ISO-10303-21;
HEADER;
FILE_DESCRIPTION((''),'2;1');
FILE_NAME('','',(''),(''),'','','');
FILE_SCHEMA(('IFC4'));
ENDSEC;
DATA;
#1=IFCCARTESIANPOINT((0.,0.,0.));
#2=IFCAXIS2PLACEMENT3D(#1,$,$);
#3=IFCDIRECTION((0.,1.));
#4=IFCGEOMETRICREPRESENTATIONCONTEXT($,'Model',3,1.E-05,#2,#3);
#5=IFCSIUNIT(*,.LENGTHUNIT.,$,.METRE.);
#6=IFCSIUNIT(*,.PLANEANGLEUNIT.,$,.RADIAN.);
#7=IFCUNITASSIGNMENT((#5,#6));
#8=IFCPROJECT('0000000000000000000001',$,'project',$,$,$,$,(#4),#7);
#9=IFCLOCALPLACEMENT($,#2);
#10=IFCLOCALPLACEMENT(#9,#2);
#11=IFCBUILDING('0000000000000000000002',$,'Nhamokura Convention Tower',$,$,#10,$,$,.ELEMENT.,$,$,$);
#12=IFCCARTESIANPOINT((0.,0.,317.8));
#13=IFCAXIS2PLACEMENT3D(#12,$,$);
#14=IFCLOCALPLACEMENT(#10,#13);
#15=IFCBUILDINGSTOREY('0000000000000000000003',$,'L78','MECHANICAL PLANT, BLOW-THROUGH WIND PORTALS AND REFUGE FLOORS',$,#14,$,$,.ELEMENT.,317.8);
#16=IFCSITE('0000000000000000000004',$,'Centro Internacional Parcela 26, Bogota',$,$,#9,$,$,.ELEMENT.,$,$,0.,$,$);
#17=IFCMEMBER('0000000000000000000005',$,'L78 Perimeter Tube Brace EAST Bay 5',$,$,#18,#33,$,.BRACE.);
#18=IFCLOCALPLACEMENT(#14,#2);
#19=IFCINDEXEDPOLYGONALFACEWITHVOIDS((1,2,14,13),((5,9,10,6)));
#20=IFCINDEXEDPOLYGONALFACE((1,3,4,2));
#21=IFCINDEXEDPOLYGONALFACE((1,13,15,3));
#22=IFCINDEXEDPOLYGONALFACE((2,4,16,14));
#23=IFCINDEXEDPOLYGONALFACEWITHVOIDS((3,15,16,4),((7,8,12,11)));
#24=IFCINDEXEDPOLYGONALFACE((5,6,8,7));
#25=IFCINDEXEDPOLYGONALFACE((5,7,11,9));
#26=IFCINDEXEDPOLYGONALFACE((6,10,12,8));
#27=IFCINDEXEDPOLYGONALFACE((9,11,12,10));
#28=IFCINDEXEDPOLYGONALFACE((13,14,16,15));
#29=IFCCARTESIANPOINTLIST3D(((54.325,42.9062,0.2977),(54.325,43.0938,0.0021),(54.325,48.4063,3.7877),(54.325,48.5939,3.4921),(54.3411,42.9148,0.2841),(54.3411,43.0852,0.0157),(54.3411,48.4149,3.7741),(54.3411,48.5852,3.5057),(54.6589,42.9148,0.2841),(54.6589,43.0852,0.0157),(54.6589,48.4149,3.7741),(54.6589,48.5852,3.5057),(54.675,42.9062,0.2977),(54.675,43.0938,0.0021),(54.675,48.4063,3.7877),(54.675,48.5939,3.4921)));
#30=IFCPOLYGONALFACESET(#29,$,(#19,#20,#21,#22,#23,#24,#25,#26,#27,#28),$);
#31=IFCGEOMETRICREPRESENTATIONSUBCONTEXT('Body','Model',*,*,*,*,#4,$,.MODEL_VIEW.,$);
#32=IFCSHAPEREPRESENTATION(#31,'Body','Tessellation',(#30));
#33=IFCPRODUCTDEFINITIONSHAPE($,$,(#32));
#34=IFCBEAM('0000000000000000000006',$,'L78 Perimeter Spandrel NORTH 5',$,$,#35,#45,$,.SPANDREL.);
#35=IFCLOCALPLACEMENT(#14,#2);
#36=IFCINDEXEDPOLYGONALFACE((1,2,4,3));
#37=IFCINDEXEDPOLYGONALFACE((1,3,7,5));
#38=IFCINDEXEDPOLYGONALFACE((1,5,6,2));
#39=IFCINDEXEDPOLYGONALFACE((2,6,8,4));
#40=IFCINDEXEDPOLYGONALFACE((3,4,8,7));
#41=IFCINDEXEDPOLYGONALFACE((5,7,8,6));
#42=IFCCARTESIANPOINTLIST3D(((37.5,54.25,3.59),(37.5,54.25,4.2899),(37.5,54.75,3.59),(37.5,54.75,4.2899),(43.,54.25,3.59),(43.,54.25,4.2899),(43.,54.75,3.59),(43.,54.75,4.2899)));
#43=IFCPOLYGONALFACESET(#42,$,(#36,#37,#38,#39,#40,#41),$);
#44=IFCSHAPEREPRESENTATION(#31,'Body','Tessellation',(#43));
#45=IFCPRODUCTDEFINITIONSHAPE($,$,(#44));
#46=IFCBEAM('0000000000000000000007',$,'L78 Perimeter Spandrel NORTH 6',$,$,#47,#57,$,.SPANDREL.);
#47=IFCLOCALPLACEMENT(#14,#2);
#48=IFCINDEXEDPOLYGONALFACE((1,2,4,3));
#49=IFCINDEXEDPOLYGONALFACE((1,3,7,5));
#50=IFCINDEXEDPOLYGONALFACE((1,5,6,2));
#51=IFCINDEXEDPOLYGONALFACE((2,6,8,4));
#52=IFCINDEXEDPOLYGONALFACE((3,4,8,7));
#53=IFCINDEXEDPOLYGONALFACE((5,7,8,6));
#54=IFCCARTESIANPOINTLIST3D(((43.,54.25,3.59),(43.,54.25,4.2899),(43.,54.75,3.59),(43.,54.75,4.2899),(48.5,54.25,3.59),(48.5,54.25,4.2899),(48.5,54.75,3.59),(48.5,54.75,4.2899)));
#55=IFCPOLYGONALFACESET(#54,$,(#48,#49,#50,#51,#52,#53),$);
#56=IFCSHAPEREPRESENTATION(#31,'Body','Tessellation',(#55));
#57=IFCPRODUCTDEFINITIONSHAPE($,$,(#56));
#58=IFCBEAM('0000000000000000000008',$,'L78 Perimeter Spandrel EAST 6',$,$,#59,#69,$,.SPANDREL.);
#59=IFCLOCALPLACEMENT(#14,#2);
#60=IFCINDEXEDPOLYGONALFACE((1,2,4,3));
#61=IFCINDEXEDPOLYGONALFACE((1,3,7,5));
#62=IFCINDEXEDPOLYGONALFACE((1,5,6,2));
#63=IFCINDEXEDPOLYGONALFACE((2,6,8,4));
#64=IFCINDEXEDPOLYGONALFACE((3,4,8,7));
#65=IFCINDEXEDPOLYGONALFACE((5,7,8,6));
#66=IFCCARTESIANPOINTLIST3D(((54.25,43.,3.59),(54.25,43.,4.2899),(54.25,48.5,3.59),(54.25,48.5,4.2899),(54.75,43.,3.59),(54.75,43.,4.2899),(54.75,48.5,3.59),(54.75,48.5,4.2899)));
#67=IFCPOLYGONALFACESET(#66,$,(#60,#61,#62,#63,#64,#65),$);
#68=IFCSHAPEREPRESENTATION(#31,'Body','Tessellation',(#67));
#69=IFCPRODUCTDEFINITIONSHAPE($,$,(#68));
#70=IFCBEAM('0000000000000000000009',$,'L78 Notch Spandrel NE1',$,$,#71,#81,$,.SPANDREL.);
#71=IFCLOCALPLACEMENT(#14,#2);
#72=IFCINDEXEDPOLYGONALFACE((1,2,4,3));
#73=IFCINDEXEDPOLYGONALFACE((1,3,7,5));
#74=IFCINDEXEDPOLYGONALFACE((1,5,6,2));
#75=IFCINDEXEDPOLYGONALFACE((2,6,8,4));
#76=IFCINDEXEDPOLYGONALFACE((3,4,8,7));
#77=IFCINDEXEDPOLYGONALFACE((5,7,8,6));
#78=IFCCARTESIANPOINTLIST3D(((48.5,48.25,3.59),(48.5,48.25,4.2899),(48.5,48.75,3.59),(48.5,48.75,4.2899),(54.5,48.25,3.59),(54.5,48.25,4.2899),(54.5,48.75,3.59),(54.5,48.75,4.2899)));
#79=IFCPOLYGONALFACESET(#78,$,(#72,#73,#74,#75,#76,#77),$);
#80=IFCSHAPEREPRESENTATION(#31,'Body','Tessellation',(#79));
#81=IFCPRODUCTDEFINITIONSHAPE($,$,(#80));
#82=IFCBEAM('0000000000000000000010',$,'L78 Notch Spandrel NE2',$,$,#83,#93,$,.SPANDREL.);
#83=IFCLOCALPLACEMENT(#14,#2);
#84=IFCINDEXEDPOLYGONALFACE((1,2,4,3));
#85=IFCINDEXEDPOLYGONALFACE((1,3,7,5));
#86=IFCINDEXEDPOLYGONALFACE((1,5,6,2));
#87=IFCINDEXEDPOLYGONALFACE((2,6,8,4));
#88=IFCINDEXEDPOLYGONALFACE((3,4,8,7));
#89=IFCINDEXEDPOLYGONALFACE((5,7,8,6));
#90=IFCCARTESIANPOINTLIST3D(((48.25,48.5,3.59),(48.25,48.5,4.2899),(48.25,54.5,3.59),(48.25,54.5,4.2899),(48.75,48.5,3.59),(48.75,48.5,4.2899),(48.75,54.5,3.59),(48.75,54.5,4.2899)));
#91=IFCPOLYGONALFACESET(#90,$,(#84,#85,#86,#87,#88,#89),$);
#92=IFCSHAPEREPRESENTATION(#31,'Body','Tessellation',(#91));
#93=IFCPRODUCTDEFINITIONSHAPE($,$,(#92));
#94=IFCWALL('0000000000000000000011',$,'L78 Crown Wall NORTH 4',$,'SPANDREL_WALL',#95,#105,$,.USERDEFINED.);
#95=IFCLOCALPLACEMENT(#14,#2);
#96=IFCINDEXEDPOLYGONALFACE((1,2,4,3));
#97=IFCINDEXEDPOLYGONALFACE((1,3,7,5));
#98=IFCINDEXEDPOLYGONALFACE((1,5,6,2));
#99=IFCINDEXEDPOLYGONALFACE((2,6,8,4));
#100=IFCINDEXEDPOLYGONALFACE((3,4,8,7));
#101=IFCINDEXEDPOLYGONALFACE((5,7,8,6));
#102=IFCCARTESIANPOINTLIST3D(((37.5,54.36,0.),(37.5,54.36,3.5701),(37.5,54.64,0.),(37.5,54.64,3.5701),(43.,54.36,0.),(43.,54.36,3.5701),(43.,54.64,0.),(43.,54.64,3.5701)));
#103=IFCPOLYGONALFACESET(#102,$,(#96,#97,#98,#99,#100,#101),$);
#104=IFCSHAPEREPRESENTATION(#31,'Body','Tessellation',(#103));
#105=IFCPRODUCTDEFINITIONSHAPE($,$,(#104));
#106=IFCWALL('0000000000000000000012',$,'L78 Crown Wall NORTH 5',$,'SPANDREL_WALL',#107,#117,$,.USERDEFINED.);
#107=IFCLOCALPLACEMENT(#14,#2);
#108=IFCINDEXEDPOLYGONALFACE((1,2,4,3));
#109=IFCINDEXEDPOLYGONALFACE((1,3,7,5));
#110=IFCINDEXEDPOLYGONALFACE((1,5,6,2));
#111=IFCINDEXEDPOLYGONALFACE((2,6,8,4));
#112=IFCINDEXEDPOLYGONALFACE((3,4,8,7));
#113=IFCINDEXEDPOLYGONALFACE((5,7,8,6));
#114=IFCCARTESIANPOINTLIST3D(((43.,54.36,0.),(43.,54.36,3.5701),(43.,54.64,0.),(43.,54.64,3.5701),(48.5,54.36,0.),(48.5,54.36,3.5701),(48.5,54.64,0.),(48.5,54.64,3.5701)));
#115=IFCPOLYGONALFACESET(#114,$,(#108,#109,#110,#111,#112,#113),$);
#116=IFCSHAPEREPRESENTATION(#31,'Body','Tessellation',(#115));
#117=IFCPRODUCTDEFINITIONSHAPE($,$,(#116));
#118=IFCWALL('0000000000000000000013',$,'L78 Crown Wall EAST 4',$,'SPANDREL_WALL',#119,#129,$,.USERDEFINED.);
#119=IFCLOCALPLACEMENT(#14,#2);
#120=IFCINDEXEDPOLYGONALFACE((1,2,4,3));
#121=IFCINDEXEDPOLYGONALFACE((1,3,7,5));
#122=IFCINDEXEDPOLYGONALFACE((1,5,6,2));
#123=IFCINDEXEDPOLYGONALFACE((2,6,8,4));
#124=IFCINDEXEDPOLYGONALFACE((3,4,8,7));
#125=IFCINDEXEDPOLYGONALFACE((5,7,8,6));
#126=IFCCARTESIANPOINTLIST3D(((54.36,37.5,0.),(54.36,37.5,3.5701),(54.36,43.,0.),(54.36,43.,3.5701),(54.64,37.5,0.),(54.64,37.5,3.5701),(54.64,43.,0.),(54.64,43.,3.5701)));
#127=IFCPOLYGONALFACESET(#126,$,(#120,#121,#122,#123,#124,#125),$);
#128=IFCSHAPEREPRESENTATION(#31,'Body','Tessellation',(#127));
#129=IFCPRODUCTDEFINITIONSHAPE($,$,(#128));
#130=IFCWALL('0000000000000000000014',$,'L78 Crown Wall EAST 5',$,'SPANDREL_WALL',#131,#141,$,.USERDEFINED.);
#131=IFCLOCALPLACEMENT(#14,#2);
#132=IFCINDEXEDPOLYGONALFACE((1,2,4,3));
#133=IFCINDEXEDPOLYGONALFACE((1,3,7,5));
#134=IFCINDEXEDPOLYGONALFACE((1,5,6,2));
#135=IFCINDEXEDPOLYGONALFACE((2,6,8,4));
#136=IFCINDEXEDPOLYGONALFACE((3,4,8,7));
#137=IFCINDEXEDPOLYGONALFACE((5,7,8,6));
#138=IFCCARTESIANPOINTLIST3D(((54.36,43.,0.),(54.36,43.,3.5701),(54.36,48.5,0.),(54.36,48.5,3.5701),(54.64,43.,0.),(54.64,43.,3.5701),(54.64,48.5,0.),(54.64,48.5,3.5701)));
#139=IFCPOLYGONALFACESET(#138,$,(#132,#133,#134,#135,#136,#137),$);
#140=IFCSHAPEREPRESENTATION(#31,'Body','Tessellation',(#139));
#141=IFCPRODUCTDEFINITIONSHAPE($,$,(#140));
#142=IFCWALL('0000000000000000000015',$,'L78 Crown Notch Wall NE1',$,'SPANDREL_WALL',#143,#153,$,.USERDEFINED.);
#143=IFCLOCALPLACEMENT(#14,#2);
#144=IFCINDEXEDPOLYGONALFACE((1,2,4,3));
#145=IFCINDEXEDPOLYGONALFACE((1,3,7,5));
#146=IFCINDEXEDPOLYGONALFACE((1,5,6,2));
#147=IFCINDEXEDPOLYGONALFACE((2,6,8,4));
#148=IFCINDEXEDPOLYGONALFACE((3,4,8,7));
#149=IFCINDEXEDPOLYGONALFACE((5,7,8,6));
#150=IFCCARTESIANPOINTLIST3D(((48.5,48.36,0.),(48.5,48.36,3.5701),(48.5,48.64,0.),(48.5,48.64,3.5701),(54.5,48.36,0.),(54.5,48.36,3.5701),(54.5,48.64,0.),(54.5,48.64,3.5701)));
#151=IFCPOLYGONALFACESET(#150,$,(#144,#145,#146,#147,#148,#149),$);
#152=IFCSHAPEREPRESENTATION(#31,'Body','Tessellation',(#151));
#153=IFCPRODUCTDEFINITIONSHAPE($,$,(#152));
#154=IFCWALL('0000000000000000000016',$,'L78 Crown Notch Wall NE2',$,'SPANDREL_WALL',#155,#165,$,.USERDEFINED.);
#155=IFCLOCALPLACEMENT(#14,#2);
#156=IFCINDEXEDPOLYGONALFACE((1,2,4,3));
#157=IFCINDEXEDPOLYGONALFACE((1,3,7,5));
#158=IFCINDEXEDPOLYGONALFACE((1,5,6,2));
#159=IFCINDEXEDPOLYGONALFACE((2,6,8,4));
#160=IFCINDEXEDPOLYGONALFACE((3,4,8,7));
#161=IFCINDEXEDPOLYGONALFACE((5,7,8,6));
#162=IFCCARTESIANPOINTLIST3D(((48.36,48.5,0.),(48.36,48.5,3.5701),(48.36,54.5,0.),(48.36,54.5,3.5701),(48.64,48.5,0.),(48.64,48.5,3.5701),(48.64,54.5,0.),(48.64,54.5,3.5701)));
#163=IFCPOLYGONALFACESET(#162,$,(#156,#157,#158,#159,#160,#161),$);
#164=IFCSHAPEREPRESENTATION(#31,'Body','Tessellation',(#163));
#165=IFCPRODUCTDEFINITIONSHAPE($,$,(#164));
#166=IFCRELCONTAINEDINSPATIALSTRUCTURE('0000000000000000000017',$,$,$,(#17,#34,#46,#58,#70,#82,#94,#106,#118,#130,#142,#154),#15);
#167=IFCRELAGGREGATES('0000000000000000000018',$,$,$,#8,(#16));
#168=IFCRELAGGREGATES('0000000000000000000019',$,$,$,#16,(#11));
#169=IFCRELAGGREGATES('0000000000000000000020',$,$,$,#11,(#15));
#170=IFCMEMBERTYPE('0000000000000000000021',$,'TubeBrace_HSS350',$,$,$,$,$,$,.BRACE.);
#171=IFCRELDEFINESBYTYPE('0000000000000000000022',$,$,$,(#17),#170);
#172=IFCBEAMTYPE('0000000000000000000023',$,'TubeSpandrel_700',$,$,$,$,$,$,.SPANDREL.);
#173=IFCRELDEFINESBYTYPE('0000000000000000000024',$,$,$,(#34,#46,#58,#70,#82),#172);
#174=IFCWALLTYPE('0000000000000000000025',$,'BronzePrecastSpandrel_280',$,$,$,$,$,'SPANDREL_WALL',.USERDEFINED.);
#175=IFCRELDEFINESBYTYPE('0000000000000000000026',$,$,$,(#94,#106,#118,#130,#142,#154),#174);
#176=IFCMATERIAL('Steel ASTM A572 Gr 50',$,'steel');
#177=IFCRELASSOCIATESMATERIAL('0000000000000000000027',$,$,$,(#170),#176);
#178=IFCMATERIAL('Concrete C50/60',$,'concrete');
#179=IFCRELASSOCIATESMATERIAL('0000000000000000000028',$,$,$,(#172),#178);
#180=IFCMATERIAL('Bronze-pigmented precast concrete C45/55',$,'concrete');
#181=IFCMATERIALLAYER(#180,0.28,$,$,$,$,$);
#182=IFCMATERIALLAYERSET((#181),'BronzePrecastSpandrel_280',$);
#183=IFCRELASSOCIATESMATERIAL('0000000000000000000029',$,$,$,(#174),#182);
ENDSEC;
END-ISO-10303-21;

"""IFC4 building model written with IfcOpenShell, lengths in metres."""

from ifc_helpers import new_model, si_unit, direction, frame, frame_2d, origin, origin_2d, place, context, subcontext, project, spatial, rectangle, hollow_rectangle, extrude, material, layer, layer_set, material_profile, profile_set, type_object, element, save


model = new_model("IFC4")

# Units and contexts
model_context = context("Model", 3, precision=1e-05, world=origin(), true_north=direction((0.0, 1.0)))
body_context = subcontext(model_context, "Body", "Model", "MODEL_VIEW")
ifc_project = project(units=[si_unit("LENGTHUNIT", "METRE"), si_unit("PLANEANGLEUNIT", "RADIAN")], contexts=[model_context])

# Site, building, storey
site_placement = place(None, origin())
site = spatial("IfcSite", under=ifc_project, at=site_placement, Name="Centro Internacional Parcela 26, Bogota", CompositionType="ELEMENT", RefElevation=0.0)
building_placement = place(site_placement, origin())
building = spatial("IfcBuilding", under=site, at=building_placement, Name="Nhamokura Convention Tower", CompositionType="ELEMENT")
storey_placement = place(building_placement, frame((0.0, 0.0, 317.8)))
storey = spatial("IfcBuildingStorey", under=building, at=storey_placement, Name="L78", Description="MECHANICAL PLANT, BLOW-THROUGH WIND PORTALS AND REFUGE FLOORS", CompositionType="ELEMENT", Elevation=317.8)

# Member
ifc_material_1 = material(Name="Steel ASTM A572 Gr 50", Category="steel")
ifc_material_profile_1 = material_profile(ifc_material_1, hollow_rectangle(XDim=0.3501, YDim=0.3501, WallThickness=0.0161, at=origin_2d()))
ifc_profile_set_1 = profile_set([ifc_material_profile_1], Name="Steel ASTM A572 Gr 50")
member_type = type_object("IfcMemberType", Name="TubeBrace_HSS350", PredefinedType="BRACE", material=ifc_profile_set_1)
for number, where, z_axis, x_axis, name in (
    (1, (54.5, 43.0, 0.1499), (0.0, 0.844357, 0.535781), (-1.0, 0.0, 0.0), "L78 Perimeter Tube Brace EAST Bay 5"),
):
    element("IfcMember", number, at=place(storey_placement, frame(where, z_axis=z_axis, x_axis=x_axis)), inside=storey, type_object=member_type, Name=name, PredefinedType="BRACE", context=body_context, shape_type="SweptSolid", body=[
        extrude(hollow_rectangle(XDim=0.3501, YDim=0.3501, WallThickness=0.0161, at=origin_2d()), origin(), (0.0, 0.0, 1.0), 6.5139),
    ])

# Beams
ifc_material_2 = material(Name="Concrete C50/60", Category="concrete")
ifc_material_profile_2 = material_profile(ifc_material_2, rectangle(XDim=0.5, YDim=0.7, at=origin_2d()))
ifc_profile_set_2 = profile_set([ifc_material_profile_2], Name="Concrete C50/60")
beam_type_1 = type_object("IfcBeamType", Name="TubeSpandrel_700", PredefinedType="SPANDREL", material=ifc_profile_set_2)
for number, where, z_axis, x_axis, name in (
    (2, (37.5, 54.5, 3.9399), (1.0, 0.0, 0.0), (0.0, 1.0, 0.0), "L78 Perimeter Spandrel NORTH 5"),
    (3, (43.0, 54.5, 3.9399), (1.0, 0.0, 0.0), (0.0, 1.0, 0.0), "L78 Perimeter Spandrel NORTH 6"),
    (4, (54.5, 43.0, 3.9399), (0.0, 1.0, 0.0), (-1.0, 0.0, 0.0), "L78 Perimeter Spandrel EAST 6"),
):
    element("IfcBeam", number, at=place(storey_placement, frame(where, z_axis=z_axis, x_axis=x_axis)), inside=storey, type_object=beam_type_1, Name=name, PredefinedType="SPANDREL", context=body_context, shape_type="SweptSolid", body=[
        extrude(rectangle(XDim=0.5, YDim=0.7, at=origin_2d()), origin(), (0.0, 0.0, 1.0), 5.5),
    ])
for number, where, z_axis, x_axis, name in (
    (5, (54.5, 48.5, 3.9399), (-1.0, 0.0, 0.0), (0.0, -1.0, 0.0), "L78 Notch Spandrel NE1"),
    (6, (48.5, 48.5, 3.9399), (0.0, 1.0, 0.0), (-1.0, 0.0, 0.0), "L78 Notch Spandrel NE2"),
):
    element("IfcBeam", number, at=place(storey_placement, frame(where, z_axis=z_axis, x_axis=x_axis)), inside=storey, type_object=beam_type_1, Name=name, PredefinedType="SPANDREL", context=body_context, shape_type="SweptSolid", body=[
        extrude(rectangle(XDim=0.5, YDim=0.7, at=origin_2d()), origin(), (0.0, 0.0, 1.0), 6.0),
    ])

# Walls
ifc_material_3 = material(Name="Bronze-pigmented precast concrete C45/55", Category="concrete")
ifc_layer = layer(ifc_material_3, 0.28)
ifc_layer_set = layer_set([ifc_layer], Name="BronzePrecastSpandrel_280")
wall_type = type_object("IfcWallType", Name="BronzePrecastSpandrel_280", ElementType="SPANDREL_WALL", PredefinedType="USERDEFINED", material=ifc_layer_set)
for number, where, z_axis, x_axis, name in (
    (7, (37.5, 54.5, 0.0), (0.0, 0.0, 1.0), (1.0, 0.0, 0.0), "L78 Crown Wall NORTH 4"),
    (8, (43.0, 54.5, 0.0), (0.0, 0.0, 1.0), (1.0, 0.0, 0.0), "L78 Crown Wall NORTH 5"),
    (9, (54.5, 43.0, 0.0), (0.0, 0.0, 1.0), (0.0, -1.0, 0.0), "L78 Crown Wall EAST 4"),
    (10, (54.5, 48.5, 0.0), (0.0, 0.0, 1.0), (0.0, -1.0, 0.0), "L78 Crown Wall EAST 5"),
):
    element("IfcWall", number, at=place(storey_placement, frame(where, z_axis=z_axis, x_axis=x_axis)), inside=storey, type_object=wall_type, Name=name, ObjectType="SPANDREL_WALL", PredefinedType="USERDEFINED", context=body_context, shape_type="SweptSolid", body=[
        extrude(rectangle(XDim=5.5, YDim=0.28, at=frame_2d((2.75, 0.0))), origin(), (0.0, 0.0, 1.0), 3.5701),
    ])
for number, where, z_axis, x_axis, name in (
    (11, (48.5, 48.5, 0.0), (0.0, 0.0, 1.0), (1.0, 0.0, 0.0), "L78 Crown Notch Wall NE1"),
    (12, (48.5, 54.5, 0.0), (0.0, 0.0, 1.0), (0.0, -1.0, 0.0), "L78 Crown Notch Wall NE2"),
):
    element("IfcWall", number, at=place(storey_placement, frame(where, z_axis=z_axis, x_axis=x_axis)), inside=storey, type_object=wall_type, Name=name, ObjectType="SPANDREL_WALL", PredefinedType="USERDEFINED", context=body_context, shape_type="SweptSolid", body=[
        extrude(rectangle(XDim=6.0, YDim=0.28, at=frame_2d((3.0, 0.0))), origin(), (0.0, 0.0, 1.0), 3.5701),
    ])

save(model, "model.ifc")
